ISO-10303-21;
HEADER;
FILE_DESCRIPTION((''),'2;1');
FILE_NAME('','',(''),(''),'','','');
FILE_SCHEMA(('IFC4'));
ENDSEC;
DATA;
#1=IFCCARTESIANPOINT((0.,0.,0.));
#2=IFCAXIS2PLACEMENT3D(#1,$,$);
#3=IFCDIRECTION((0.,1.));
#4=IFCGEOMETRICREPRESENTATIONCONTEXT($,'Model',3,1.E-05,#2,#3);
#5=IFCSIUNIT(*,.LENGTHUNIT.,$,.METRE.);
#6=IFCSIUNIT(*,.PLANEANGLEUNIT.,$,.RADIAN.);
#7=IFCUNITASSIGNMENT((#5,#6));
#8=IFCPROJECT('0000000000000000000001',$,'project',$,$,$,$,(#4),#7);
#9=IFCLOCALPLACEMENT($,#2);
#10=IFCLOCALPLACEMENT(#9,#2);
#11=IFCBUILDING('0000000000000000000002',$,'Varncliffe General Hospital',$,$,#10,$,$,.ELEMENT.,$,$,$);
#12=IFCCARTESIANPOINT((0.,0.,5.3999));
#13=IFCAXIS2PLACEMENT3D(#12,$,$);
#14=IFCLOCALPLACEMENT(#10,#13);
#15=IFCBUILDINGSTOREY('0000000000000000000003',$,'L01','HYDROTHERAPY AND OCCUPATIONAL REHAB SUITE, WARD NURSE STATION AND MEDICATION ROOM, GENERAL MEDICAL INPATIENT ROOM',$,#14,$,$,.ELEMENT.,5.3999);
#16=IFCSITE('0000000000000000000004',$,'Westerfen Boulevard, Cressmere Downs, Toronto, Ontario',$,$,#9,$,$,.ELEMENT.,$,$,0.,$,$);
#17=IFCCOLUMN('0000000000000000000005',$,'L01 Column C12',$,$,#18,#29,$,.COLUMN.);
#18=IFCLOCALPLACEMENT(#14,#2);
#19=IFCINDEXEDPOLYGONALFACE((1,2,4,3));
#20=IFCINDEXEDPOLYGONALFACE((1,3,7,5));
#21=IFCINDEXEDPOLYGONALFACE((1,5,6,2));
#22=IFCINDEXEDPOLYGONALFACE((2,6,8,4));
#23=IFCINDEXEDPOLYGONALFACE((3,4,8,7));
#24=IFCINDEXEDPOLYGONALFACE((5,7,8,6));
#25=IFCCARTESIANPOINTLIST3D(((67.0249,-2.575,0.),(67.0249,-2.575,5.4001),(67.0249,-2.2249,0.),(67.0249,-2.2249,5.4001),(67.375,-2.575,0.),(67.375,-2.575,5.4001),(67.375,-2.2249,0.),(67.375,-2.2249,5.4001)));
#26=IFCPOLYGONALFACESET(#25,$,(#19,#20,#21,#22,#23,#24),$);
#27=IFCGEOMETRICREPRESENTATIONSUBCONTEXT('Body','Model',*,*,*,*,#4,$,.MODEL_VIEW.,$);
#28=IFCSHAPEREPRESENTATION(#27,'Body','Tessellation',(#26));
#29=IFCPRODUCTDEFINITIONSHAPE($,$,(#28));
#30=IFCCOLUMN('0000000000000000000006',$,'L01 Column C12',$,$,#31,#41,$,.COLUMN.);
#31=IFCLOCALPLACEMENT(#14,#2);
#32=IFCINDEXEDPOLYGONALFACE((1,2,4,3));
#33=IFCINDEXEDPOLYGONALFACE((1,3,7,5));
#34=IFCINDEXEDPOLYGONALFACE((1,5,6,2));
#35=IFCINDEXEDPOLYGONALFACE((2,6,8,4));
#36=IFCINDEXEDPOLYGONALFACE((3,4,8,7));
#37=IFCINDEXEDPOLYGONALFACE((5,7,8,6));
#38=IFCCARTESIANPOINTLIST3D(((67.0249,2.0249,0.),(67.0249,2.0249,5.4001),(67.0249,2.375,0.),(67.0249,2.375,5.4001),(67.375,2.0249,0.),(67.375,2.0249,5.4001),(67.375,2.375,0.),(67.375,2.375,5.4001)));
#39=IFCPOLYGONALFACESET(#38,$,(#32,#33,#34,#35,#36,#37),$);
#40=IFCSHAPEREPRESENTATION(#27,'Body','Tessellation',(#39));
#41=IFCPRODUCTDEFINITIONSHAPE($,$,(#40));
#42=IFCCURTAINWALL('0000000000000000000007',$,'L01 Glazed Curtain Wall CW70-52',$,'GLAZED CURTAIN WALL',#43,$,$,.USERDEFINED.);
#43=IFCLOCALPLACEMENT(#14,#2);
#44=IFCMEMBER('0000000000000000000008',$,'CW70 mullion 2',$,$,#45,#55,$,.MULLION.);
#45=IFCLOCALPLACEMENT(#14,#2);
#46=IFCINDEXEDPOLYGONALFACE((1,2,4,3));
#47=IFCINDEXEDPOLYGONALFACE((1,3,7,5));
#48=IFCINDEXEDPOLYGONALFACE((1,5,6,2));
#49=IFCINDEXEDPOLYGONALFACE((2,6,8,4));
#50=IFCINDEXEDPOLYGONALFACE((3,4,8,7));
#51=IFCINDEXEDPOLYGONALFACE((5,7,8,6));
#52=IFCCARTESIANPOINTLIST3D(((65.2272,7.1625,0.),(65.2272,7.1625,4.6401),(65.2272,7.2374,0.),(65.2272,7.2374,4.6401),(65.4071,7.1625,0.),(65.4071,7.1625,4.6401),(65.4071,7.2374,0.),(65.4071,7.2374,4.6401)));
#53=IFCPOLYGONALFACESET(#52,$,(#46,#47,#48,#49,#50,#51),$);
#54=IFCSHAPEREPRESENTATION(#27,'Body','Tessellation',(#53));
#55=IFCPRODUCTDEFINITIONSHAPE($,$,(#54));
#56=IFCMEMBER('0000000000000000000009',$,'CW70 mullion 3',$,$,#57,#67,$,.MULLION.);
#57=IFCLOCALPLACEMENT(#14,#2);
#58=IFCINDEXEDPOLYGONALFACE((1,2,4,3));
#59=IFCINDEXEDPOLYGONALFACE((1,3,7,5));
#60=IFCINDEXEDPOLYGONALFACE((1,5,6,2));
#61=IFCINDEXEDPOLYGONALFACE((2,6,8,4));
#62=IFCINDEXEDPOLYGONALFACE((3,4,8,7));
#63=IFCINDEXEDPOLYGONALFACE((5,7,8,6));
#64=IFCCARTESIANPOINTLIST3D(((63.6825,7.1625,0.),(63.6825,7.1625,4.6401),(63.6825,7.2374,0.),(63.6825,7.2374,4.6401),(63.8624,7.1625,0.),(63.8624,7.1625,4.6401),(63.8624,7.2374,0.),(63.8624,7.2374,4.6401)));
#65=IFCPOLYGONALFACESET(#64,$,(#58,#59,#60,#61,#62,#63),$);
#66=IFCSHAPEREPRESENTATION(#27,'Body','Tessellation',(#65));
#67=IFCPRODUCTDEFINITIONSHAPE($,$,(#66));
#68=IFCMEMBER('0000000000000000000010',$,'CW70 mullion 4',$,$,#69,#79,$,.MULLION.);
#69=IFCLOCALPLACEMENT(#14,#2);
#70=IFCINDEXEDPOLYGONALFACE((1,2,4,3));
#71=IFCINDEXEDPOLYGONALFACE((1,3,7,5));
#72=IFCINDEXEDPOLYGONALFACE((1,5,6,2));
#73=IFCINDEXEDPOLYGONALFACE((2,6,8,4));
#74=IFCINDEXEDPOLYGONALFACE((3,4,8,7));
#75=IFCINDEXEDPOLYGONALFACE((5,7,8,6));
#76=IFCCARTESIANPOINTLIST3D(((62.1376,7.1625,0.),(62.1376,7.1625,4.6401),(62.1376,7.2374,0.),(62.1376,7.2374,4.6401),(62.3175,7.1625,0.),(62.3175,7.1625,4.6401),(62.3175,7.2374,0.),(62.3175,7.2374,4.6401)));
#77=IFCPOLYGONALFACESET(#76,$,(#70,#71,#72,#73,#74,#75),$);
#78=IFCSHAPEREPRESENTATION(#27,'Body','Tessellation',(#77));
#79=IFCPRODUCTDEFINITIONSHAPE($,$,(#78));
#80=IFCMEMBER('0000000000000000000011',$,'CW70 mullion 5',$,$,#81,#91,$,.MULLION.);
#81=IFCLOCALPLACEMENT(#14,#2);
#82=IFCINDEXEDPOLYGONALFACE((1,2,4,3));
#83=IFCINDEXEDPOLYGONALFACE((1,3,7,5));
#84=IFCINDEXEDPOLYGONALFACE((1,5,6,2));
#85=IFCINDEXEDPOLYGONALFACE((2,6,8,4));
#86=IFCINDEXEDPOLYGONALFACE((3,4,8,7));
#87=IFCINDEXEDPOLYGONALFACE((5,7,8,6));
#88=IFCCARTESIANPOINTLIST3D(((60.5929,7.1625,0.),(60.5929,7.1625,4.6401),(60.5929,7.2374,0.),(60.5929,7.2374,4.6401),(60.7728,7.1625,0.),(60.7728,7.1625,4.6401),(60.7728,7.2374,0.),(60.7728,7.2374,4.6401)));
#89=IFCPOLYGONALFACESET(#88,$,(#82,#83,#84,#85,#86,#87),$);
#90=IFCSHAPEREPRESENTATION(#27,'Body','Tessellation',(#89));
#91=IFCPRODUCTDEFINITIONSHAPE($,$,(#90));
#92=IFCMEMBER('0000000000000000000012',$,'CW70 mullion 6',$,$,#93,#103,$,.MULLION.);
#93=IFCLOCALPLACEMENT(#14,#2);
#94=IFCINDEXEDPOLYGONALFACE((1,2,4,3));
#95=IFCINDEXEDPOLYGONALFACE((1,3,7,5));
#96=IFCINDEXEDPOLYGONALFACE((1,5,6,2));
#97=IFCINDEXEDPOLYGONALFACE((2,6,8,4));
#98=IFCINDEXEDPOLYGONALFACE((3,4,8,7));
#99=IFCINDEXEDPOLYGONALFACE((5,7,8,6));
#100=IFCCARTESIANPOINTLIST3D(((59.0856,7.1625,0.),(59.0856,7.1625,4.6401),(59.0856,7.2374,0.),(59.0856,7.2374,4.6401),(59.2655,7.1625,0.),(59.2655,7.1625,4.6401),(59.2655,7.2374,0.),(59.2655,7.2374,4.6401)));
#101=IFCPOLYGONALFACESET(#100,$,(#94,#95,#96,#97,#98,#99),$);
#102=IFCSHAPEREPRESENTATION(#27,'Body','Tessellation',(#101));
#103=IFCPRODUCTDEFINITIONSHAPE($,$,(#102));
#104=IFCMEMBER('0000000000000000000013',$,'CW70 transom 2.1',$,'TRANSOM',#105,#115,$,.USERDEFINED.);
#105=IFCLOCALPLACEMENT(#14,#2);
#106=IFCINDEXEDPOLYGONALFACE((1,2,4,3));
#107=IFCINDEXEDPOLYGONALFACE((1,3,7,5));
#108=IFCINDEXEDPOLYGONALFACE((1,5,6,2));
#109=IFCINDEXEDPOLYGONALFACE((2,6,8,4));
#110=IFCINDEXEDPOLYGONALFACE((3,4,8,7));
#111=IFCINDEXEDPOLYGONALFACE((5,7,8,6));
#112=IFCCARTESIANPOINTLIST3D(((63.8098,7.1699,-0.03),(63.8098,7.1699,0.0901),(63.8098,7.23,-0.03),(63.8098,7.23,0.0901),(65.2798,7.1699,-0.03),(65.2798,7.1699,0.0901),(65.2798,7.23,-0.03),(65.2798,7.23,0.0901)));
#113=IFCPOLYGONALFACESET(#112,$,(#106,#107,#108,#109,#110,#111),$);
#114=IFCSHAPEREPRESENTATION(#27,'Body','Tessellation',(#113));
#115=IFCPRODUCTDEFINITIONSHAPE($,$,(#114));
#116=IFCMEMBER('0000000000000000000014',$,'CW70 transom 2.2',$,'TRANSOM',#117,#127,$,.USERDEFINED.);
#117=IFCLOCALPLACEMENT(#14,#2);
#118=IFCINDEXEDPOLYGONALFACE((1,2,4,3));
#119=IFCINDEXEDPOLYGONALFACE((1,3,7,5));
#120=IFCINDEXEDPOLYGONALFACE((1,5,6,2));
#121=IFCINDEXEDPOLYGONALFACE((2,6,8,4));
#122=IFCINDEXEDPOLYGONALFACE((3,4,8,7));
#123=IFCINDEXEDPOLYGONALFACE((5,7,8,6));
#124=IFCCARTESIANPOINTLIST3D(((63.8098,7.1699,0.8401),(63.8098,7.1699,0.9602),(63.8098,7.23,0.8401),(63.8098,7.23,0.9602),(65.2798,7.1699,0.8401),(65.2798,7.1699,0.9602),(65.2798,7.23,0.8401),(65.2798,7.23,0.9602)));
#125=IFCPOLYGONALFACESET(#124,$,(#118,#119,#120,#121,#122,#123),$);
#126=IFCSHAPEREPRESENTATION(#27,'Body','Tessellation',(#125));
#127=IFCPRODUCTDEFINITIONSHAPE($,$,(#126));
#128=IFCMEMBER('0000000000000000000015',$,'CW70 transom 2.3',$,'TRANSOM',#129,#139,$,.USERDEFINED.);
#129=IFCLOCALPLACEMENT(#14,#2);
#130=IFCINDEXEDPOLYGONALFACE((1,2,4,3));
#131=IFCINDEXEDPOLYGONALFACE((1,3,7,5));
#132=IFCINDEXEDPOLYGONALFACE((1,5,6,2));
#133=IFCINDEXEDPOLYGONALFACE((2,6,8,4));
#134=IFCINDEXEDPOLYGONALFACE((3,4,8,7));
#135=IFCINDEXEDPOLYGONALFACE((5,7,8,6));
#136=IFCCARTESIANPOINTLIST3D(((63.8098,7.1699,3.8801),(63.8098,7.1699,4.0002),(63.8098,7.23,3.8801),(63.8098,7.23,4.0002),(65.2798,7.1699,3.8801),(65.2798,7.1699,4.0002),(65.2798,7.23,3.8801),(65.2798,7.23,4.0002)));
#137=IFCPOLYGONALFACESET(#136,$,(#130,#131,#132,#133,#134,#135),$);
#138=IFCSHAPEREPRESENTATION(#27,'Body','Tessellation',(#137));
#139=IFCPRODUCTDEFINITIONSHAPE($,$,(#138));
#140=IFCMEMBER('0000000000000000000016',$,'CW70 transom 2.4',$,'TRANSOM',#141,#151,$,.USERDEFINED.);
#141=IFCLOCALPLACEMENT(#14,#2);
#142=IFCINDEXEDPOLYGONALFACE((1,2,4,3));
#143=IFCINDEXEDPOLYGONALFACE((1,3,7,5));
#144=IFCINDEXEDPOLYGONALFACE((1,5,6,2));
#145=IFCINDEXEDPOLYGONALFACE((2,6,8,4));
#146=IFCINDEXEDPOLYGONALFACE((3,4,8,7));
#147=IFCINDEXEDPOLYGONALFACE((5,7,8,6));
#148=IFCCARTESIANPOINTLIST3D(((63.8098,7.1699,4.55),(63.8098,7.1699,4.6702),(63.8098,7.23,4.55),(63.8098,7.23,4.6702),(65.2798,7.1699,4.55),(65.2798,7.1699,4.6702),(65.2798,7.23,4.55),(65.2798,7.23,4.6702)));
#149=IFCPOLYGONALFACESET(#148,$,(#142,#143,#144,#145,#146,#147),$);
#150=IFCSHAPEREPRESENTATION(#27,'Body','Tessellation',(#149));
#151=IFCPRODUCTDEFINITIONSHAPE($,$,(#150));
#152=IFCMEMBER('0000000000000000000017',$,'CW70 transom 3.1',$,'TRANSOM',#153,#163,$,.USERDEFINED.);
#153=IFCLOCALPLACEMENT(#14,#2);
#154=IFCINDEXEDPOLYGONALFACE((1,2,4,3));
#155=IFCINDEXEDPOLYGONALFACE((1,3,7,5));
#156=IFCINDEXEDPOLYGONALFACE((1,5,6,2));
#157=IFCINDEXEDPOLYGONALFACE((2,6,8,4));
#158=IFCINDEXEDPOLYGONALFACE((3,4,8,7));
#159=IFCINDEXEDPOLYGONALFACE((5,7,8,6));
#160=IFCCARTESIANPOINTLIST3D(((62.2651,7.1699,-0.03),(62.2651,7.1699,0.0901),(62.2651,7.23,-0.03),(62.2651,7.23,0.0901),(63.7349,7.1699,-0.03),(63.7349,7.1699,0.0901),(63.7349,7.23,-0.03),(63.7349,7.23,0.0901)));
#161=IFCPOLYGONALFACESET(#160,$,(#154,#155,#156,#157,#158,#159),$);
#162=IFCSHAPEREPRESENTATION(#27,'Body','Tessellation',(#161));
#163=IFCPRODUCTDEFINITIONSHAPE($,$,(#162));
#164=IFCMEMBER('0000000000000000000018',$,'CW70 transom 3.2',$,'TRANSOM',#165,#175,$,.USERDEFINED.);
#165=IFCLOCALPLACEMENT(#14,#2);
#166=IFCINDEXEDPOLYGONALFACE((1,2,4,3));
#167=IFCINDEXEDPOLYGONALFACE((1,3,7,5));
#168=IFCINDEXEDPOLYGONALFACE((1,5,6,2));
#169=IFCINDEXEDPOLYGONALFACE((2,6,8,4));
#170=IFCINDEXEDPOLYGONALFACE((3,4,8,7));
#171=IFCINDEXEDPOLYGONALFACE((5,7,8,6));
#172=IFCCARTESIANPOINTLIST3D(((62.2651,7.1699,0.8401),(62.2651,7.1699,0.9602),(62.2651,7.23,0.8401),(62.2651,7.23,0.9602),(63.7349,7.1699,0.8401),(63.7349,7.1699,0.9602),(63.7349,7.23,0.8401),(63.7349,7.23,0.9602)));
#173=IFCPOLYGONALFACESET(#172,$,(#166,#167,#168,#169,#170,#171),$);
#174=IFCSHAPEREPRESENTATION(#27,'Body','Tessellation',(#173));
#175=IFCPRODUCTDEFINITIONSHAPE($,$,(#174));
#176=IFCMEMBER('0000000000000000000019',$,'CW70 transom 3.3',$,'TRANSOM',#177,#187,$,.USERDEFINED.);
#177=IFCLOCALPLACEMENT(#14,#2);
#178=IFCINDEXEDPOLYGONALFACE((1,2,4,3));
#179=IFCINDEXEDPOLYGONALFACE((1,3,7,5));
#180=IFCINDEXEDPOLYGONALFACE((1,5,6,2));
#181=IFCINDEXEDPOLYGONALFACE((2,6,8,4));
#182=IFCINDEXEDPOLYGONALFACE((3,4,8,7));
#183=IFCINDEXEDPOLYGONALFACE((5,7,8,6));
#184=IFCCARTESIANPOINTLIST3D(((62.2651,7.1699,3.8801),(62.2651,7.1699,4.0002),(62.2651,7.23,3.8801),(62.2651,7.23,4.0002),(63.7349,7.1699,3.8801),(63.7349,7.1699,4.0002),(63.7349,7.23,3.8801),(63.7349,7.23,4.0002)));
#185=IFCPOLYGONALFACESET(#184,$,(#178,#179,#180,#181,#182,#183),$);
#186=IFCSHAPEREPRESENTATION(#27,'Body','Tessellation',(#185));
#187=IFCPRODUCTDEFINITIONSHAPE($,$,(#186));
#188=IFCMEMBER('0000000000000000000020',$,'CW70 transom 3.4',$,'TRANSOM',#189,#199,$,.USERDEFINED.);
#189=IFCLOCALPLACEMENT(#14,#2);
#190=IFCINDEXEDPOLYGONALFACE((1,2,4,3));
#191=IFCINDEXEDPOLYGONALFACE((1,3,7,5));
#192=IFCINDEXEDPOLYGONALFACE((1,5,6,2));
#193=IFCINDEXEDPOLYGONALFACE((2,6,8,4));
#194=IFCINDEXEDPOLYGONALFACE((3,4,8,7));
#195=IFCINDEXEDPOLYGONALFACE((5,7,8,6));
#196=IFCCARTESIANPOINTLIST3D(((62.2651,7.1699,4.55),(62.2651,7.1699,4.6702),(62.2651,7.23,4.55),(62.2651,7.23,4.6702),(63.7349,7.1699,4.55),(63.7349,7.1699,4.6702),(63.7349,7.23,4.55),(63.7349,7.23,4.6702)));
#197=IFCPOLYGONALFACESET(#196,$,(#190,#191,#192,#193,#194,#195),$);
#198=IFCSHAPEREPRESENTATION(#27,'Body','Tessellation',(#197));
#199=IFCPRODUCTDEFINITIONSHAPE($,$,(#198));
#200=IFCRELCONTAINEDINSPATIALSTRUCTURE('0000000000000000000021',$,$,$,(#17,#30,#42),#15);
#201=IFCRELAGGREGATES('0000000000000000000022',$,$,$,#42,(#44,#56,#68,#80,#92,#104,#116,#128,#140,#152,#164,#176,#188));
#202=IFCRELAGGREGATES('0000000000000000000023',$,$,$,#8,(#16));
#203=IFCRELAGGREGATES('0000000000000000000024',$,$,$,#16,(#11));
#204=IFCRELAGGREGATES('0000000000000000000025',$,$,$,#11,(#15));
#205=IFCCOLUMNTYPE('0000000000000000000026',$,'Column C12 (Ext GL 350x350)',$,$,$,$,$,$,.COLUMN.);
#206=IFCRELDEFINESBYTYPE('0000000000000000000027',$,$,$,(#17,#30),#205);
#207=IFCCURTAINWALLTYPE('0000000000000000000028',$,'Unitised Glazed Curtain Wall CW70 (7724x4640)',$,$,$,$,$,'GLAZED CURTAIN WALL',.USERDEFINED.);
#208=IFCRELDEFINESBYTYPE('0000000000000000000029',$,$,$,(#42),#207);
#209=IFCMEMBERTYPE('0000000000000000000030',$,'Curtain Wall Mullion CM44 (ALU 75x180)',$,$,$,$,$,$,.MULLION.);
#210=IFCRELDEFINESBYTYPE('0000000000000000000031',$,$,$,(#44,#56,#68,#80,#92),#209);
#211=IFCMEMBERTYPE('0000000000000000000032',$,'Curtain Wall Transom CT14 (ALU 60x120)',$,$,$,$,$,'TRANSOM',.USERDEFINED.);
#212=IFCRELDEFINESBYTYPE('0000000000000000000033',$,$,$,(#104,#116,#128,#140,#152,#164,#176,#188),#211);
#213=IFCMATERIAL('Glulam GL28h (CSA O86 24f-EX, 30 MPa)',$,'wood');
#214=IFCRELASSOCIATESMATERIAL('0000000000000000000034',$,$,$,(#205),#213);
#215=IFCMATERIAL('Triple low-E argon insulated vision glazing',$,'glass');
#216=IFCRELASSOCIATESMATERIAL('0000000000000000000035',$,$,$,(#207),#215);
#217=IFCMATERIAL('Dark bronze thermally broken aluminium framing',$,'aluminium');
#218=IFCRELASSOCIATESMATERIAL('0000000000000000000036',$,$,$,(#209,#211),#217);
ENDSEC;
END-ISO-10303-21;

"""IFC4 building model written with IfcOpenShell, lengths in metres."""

from ifc_helpers import new_model, si_unit, direction, frame, origin, origin_2d, place, context, subcontext, project, spatial, rectangle, extrude, material, material_profile, profile_set, type_object, element, aggregate, save


model = new_model("IFC4")

# Units and contexts
model_context = context("Model", 3, precision=1e-05, world=origin(), true_north=direction((0.0, 1.0)))
body_context = subcontext(model_context, "Body", "Model", "MODEL_VIEW")
ifc_project = project(units=[si_unit("LENGTHUNIT", "METRE"), si_unit("PLANEANGLEUNIT", "RADIAN")], contexts=[model_context])

# Site, building, storey
site_placement = place(None, origin())
site = spatial("IfcSite", under=ifc_project, at=site_placement, Name="Westerfen Boulevard, Cressmere Downs, Toronto, Ontario", CompositionType="ELEMENT", RefElevation=0.0)
building_placement = place(site_placement, origin())
building = spatial("IfcBuilding", under=site, at=building_placement, Name="Varncliffe General Hospital", CompositionType="ELEMENT")
storey_placement = place(building_placement, frame((0.0, 0.0, 5.3999)))
storey = spatial("IfcBuildingStorey", under=building, at=storey_placement, Name="L01", Description="HYDROTHERAPY AND OCCUPATIONAL REHAB SUITE, WARD NURSE STATION AND MEDICATION ROOM, GENERAL MEDICAL INPATIENT ROOM", CompositionType="ELEMENT", Elevation=5.3999)

# Columns
ifc_material_1 = material(Name="Glulam GL28h (CSA O86 24f-EX, 30 MPa)", Category="wood")
ifc_material_profile_1 = material_profile(ifc_material_1, rectangle(XDim=0.3501, YDim=0.3501, at=origin_2d()), Name="GL 350x350")
ifc_profile_set_1 = profile_set([ifc_material_profile_1], Name="Glulam GL28h (CSA O86 24f-EX, 30 MPa)")
column_type = type_object("IfcColumnType", Name="Column C12 (Ext GL 350x350)", PredefinedType="COLUMN", material=ifc_profile_set_1)
for number, where, z_axis, x_axis, name in (
    (1, (67.2, -2.3999, 0.0), (0.0, 0.0, 1.0), (1.0, 0.0, 0.0), "L01 Column C12"),
    (2, (67.2, 2.2, 0.0), (0.0, 0.0, 1.0), (1.0, 0.0, 0.0), "L01 Column C12"),
):
    element("IfcColumn", number, at=place(storey_placement, frame(where, z_axis=z_axis, x_axis=x_axis)), inside=storey, type_object=column_type, Name=name, PredefinedType="COLUMN", context=body_context, shape_type="SweptSolid", body=[
        extrude(rectangle(XDim=0.3501, YDim=0.3501, at=origin_2d()), origin(), (0.0, 0.0, 1.0), 5.4001),
    ])

# Curtain wall, members
ifc_material_2 = material(Name="Triple low-E argon insulated vision glazing", Category="glass")
curtain_wall_type = type_object("IfcCurtainWallType", Name="Unitised Glazed Curtain Wall CW70 (7724x4640)", ElementType="GLAZED CURTAIN WALL", PredefinedType="USERDEFINED", material=ifc_material_2)
curtain_wall_placement = place(storey_placement, origin())
curtain_wall = element("IfcCurtainWall", 3, at=curtain_wall_placement, inside=storey, type_object=curtain_wall_type, Name="L01 Glazed Curtain Wall CW70-52", ObjectType="GLAZED CURTAIN WALL", PredefinedType="USERDEFINED")
ifc_material_3 = material(Name="Dark bronze thermally broken aluminium framing", Category="aluminium")
ifc_material_profile_2 = material_profile(ifc_material_3, rectangle(XDim=0.075, YDim=0.1799, at=origin_2d()), Name="ALU 75x180")
ifc_profile_set_2 = profile_set([ifc_material_profile_2], Name="Dark bronze thermally broken aluminium framing")
member_type_1 = type_object("IfcMemberType", Name="Curtain Wall Mullion CM44 (ALU 75x180)", PredefinedType="MULLION", material=ifc_profile_set_2)
member_1_placement = place(storey_placement, frame((65.3171, 7.2, 0.0), z_axis=(0.0, 0.0, 1.0), x_axis=(0.0, -1.0, 0.0)))
member_1 = element("IfcMember", 4, at=member_1_placement, type_object=member_type_1, Name="CW70 mullion 2", PredefinedType="MULLION", context=body_context, shape_type="SweptSolid", body=[
    extrude(rectangle(XDim=0.075, YDim=0.1799, at=origin_2d()), origin(), (0.0, 0.0, 1.0), 4.6401),
])
member_2_placement = place(storey_placement, frame((63.7725, 7.2, 0.0), z_axis=(0.0, 0.0, 1.0), x_axis=(0.0, -1.0, 0.0)))
member_2 = element("IfcMember", 5, at=member_2_placement, type_object=member_type_1, Name="CW70 mullion 3", PredefinedType="MULLION", context=body_context, shape_type="SweptSolid", body=[
    extrude(rectangle(XDim=0.075, YDim=0.1799, at=origin_2d()), origin(), (0.0, 0.0, 1.0), 4.6401),
])
member_3_placement = place(storey_placement, frame((62.2275, 7.2, 0.0), z_axis=(0.0, 0.0, 1.0), x_axis=(0.0, -1.0, 0.0)))
member_3 = element("IfcMember", 6, at=member_3_placement, type_object=member_type_1, Name="CW70 mullion 4", PredefinedType="MULLION", context=body_context, shape_type="SweptSolid", body=[
    extrude(rectangle(XDim=0.075, YDim=0.1799, at=origin_2d()), origin(), (0.0, 0.0, 1.0), 4.6401),
])
member_4_placement = place(storey_placement, frame((60.6829, 7.2, 0.0), z_axis=(0.0, 0.0, 1.0), x_axis=(0.0, -1.0, 0.0)))
member_4 = element("IfcMember", 7, at=member_4_placement, type_object=member_type_1, Name="CW70 mullion 5", PredefinedType="MULLION", context=body_context, shape_type="SweptSolid", body=[
    extrude(rectangle(XDim=0.075, YDim=0.1799, at=origin_2d()), origin(), (0.0, 0.0, 1.0), 4.6401),
])
member_5_placement = place(storey_placement, frame((59.1755, 7.2, 0.0), z_axis=(0.0, 0.0, 1.0), x_axis=(0.0, -1.0, 0.0)))
member_5 = element("IfcMember", 8, at=member_5_placement, type_object=member_type_1, Name="CW70 mullion 6", PredefinedType="MULLION", context=body_context, shape_type="SweptSolid", body=[
    extrude(rectangle(XDim=0.075, YDim=0.1799, at=origin_2d()), origin(), (0.0, 0.0, 1.0), 4.6401),
])
ifc_material_profile_3 = material_profile(ifc_material_3, rectangle(XDim=0.0601, YDim=0.1201, at=origin_2d()), Name="ALU 60x120")
ifc_profile_set_3 = profile_set([ifc_material_profile_3], Name="Dark bronze thermally broken aluminium framing")
member_type_2 = type_object("IfcMemberType", Name="Curtain Wall Transom CT14 (ALU 60x120)", ElementType="TRANSOM", PredefinedType="USERDEFINED", material=ifc_profile_set_3)
member_6_placement = place(storey_placement, frame((65.2798, 7.2, 0.03), z_axis=(-1.0, 0.0, 0.0), x_axis=(0.0, -1.0, 0.0)))
member_6 = element("IfcMember", 9, at=member_6_placement, type_object=member_type_2, Name="CW70 transom 2.1", ObjectType="TRANSOM", PredefinedType="USERDEFINED", context=body_context, shape_type="SweptSolid", body=[
    extrude(rectangle(XDim=0.0601, YDim=0.1201, at=origin_2d()), origin(), (0.0, 0.0, 1.0), 1.47),
])
member_7_placement = place(storey_placement, frame((65.2798, 7.2, 0.9001), z_axis=(-1.0, 0.0, 0.0), x_axis=(0.0, -1.0, 0.0)))
member_7 = element("IfcMember", 10, at=member_7_placement, type_object=member_type_2, Name="CW70 transom 2.2", ObjectType="TRANSOM", PredefinedType="USERDEFINED", context=body_context, shape_type="SweptSolid", body=[
    extrude(rectangle(XDim=0.0601, YDim=0.1201, at=origin_2d()), origin(), (0.0, 0.0, 1.0), 1.47),
])
member_8_placement = place(storey_placement, frame((65.2798, 7.2, 3.9402), z_axis=(-1.0, 0.0, 0.0), x_axis=(0.0, -1.0, 0.0)))
member_8 = element("IfcMember", 11, at=member_8_placement, type_object=member_type_2, Name="CW70 transom 2.3", ObjectType="TRANSOM", PredefinedType="USERDEFINED", context=body_context, shape_type="SweptSolid", body=[
    extrude(rectangle(XDim=0.0601, YDim=0.1201, at=origin_2d()), origin(), (0.0, 0.0, 1.0), 1.47),
])
member_9_placement = place(storey_placement, frame((65.2798, 7.2, 4.6101), z_axis=(-1.0, 0.0, 0.0), x_axis=(0.0, -1.0, 0.0)))
member_9 = element("IfcMember", 12, at=member_9_placement, type_object=member_type_2, Name="CW70 transom 2.4", ObjectType="TRANSOM", PredefinedType="USERDEFINED", context=body_context, shape_type="SweptSolid", body=[
    extrude(rectangle(XDim=0.0601, YDim=0.1201, at=origin_2d()), origin(), (0.0, 0.0, 1.0), 1.47),
])
member_10_placement = place(storey_placement, frame((63.7349, 7.2, 0.03), z_axis=(-1.0, 0.0, 0.0), x_axis=(0.0, -1.0, 0.0)))
member_10 = element("IfcMember", 13, at=member_10_placement, type_object=member_type_2, Name="CW70 transom 3.1", ObjectType="TRANSOM", PredefinedType="USERDEFINED", context=body_context, shape_type="SweptSolid", body=[
    extrude(rectangle(XDim=0.0601, YDim=0.1201, at=origin_2d()), origin(), (0.0, 0.0, 1.0), 1.4697),
])
member_11_placement = place(storey_placement, frame((63.7349, 7.2, 0.9001), z_axis=(-1.0, 0.0, 0.0), x_axis=(0.0, -1.0, 0.0)))
member_11 = element("IfcMember", 14, at=member_11_placement, type_object=member_type_2, Name="CW70 transom 3.2", ObjectType="TRANSOM", PredefinedType="USERDEFINED", context=body_context, shape_type="SweptSolid", body=[
    extrude(rectangle(XDim=0.0601, YDim=0.1201, at=origin_2d()), origin(), (0.0, 0.0, 1.0), 1.4697),
])
member_12_placement = place(storey_placement, frame((63.7349, 7.2, 3.9402), z_axis=(-1.0, 0.0, 0.0), x_axis=(0.0, -1.0, 0.0)))
member_12 = element("IfcMember", 15, at=member_12_placement, type_object=member_type_2, Name="CW70 transom 3.3", ObjectType="TRANSOM", PredefinedType="USERDEFINED", context=body_context, shape_type="SweptSolid", body=[
    extrude(rectangle(XDim=0.0601, YDim=0.1201, at=origin_2d()), origin(), (0.0, 0.0, 1.0), 1.4697),
])
member_13_placement = place(storey_placement, frame((63.7349, 7.2, 4.6101), z_axis=(-1.0, 0.0, 0.0), x_axis=(0.0, -1.0, 0.0)))
member_13 = element("IfcMember", 16, at=member_13_placement, type_object=member_type_2, Name="CW70 transom 3.4", ObjectType="TRANSOM", PredefinedType="USERDEFINED", context=body_context, shape_type="SweptSolid", body=[
    extrude(rectangle(XDim=0.0601, YDim=0.1201, at=origin_2d()), origin(), (0.0, 0.0, 1.0), 1.4697),
])

aggregate(curtain_wall, [member_1, member_2, member_3, member_4, member_5, member_6, member_7, member_8, member_9, member_10, member_11, member_12, member_13])

save(model, "model.ifc")
